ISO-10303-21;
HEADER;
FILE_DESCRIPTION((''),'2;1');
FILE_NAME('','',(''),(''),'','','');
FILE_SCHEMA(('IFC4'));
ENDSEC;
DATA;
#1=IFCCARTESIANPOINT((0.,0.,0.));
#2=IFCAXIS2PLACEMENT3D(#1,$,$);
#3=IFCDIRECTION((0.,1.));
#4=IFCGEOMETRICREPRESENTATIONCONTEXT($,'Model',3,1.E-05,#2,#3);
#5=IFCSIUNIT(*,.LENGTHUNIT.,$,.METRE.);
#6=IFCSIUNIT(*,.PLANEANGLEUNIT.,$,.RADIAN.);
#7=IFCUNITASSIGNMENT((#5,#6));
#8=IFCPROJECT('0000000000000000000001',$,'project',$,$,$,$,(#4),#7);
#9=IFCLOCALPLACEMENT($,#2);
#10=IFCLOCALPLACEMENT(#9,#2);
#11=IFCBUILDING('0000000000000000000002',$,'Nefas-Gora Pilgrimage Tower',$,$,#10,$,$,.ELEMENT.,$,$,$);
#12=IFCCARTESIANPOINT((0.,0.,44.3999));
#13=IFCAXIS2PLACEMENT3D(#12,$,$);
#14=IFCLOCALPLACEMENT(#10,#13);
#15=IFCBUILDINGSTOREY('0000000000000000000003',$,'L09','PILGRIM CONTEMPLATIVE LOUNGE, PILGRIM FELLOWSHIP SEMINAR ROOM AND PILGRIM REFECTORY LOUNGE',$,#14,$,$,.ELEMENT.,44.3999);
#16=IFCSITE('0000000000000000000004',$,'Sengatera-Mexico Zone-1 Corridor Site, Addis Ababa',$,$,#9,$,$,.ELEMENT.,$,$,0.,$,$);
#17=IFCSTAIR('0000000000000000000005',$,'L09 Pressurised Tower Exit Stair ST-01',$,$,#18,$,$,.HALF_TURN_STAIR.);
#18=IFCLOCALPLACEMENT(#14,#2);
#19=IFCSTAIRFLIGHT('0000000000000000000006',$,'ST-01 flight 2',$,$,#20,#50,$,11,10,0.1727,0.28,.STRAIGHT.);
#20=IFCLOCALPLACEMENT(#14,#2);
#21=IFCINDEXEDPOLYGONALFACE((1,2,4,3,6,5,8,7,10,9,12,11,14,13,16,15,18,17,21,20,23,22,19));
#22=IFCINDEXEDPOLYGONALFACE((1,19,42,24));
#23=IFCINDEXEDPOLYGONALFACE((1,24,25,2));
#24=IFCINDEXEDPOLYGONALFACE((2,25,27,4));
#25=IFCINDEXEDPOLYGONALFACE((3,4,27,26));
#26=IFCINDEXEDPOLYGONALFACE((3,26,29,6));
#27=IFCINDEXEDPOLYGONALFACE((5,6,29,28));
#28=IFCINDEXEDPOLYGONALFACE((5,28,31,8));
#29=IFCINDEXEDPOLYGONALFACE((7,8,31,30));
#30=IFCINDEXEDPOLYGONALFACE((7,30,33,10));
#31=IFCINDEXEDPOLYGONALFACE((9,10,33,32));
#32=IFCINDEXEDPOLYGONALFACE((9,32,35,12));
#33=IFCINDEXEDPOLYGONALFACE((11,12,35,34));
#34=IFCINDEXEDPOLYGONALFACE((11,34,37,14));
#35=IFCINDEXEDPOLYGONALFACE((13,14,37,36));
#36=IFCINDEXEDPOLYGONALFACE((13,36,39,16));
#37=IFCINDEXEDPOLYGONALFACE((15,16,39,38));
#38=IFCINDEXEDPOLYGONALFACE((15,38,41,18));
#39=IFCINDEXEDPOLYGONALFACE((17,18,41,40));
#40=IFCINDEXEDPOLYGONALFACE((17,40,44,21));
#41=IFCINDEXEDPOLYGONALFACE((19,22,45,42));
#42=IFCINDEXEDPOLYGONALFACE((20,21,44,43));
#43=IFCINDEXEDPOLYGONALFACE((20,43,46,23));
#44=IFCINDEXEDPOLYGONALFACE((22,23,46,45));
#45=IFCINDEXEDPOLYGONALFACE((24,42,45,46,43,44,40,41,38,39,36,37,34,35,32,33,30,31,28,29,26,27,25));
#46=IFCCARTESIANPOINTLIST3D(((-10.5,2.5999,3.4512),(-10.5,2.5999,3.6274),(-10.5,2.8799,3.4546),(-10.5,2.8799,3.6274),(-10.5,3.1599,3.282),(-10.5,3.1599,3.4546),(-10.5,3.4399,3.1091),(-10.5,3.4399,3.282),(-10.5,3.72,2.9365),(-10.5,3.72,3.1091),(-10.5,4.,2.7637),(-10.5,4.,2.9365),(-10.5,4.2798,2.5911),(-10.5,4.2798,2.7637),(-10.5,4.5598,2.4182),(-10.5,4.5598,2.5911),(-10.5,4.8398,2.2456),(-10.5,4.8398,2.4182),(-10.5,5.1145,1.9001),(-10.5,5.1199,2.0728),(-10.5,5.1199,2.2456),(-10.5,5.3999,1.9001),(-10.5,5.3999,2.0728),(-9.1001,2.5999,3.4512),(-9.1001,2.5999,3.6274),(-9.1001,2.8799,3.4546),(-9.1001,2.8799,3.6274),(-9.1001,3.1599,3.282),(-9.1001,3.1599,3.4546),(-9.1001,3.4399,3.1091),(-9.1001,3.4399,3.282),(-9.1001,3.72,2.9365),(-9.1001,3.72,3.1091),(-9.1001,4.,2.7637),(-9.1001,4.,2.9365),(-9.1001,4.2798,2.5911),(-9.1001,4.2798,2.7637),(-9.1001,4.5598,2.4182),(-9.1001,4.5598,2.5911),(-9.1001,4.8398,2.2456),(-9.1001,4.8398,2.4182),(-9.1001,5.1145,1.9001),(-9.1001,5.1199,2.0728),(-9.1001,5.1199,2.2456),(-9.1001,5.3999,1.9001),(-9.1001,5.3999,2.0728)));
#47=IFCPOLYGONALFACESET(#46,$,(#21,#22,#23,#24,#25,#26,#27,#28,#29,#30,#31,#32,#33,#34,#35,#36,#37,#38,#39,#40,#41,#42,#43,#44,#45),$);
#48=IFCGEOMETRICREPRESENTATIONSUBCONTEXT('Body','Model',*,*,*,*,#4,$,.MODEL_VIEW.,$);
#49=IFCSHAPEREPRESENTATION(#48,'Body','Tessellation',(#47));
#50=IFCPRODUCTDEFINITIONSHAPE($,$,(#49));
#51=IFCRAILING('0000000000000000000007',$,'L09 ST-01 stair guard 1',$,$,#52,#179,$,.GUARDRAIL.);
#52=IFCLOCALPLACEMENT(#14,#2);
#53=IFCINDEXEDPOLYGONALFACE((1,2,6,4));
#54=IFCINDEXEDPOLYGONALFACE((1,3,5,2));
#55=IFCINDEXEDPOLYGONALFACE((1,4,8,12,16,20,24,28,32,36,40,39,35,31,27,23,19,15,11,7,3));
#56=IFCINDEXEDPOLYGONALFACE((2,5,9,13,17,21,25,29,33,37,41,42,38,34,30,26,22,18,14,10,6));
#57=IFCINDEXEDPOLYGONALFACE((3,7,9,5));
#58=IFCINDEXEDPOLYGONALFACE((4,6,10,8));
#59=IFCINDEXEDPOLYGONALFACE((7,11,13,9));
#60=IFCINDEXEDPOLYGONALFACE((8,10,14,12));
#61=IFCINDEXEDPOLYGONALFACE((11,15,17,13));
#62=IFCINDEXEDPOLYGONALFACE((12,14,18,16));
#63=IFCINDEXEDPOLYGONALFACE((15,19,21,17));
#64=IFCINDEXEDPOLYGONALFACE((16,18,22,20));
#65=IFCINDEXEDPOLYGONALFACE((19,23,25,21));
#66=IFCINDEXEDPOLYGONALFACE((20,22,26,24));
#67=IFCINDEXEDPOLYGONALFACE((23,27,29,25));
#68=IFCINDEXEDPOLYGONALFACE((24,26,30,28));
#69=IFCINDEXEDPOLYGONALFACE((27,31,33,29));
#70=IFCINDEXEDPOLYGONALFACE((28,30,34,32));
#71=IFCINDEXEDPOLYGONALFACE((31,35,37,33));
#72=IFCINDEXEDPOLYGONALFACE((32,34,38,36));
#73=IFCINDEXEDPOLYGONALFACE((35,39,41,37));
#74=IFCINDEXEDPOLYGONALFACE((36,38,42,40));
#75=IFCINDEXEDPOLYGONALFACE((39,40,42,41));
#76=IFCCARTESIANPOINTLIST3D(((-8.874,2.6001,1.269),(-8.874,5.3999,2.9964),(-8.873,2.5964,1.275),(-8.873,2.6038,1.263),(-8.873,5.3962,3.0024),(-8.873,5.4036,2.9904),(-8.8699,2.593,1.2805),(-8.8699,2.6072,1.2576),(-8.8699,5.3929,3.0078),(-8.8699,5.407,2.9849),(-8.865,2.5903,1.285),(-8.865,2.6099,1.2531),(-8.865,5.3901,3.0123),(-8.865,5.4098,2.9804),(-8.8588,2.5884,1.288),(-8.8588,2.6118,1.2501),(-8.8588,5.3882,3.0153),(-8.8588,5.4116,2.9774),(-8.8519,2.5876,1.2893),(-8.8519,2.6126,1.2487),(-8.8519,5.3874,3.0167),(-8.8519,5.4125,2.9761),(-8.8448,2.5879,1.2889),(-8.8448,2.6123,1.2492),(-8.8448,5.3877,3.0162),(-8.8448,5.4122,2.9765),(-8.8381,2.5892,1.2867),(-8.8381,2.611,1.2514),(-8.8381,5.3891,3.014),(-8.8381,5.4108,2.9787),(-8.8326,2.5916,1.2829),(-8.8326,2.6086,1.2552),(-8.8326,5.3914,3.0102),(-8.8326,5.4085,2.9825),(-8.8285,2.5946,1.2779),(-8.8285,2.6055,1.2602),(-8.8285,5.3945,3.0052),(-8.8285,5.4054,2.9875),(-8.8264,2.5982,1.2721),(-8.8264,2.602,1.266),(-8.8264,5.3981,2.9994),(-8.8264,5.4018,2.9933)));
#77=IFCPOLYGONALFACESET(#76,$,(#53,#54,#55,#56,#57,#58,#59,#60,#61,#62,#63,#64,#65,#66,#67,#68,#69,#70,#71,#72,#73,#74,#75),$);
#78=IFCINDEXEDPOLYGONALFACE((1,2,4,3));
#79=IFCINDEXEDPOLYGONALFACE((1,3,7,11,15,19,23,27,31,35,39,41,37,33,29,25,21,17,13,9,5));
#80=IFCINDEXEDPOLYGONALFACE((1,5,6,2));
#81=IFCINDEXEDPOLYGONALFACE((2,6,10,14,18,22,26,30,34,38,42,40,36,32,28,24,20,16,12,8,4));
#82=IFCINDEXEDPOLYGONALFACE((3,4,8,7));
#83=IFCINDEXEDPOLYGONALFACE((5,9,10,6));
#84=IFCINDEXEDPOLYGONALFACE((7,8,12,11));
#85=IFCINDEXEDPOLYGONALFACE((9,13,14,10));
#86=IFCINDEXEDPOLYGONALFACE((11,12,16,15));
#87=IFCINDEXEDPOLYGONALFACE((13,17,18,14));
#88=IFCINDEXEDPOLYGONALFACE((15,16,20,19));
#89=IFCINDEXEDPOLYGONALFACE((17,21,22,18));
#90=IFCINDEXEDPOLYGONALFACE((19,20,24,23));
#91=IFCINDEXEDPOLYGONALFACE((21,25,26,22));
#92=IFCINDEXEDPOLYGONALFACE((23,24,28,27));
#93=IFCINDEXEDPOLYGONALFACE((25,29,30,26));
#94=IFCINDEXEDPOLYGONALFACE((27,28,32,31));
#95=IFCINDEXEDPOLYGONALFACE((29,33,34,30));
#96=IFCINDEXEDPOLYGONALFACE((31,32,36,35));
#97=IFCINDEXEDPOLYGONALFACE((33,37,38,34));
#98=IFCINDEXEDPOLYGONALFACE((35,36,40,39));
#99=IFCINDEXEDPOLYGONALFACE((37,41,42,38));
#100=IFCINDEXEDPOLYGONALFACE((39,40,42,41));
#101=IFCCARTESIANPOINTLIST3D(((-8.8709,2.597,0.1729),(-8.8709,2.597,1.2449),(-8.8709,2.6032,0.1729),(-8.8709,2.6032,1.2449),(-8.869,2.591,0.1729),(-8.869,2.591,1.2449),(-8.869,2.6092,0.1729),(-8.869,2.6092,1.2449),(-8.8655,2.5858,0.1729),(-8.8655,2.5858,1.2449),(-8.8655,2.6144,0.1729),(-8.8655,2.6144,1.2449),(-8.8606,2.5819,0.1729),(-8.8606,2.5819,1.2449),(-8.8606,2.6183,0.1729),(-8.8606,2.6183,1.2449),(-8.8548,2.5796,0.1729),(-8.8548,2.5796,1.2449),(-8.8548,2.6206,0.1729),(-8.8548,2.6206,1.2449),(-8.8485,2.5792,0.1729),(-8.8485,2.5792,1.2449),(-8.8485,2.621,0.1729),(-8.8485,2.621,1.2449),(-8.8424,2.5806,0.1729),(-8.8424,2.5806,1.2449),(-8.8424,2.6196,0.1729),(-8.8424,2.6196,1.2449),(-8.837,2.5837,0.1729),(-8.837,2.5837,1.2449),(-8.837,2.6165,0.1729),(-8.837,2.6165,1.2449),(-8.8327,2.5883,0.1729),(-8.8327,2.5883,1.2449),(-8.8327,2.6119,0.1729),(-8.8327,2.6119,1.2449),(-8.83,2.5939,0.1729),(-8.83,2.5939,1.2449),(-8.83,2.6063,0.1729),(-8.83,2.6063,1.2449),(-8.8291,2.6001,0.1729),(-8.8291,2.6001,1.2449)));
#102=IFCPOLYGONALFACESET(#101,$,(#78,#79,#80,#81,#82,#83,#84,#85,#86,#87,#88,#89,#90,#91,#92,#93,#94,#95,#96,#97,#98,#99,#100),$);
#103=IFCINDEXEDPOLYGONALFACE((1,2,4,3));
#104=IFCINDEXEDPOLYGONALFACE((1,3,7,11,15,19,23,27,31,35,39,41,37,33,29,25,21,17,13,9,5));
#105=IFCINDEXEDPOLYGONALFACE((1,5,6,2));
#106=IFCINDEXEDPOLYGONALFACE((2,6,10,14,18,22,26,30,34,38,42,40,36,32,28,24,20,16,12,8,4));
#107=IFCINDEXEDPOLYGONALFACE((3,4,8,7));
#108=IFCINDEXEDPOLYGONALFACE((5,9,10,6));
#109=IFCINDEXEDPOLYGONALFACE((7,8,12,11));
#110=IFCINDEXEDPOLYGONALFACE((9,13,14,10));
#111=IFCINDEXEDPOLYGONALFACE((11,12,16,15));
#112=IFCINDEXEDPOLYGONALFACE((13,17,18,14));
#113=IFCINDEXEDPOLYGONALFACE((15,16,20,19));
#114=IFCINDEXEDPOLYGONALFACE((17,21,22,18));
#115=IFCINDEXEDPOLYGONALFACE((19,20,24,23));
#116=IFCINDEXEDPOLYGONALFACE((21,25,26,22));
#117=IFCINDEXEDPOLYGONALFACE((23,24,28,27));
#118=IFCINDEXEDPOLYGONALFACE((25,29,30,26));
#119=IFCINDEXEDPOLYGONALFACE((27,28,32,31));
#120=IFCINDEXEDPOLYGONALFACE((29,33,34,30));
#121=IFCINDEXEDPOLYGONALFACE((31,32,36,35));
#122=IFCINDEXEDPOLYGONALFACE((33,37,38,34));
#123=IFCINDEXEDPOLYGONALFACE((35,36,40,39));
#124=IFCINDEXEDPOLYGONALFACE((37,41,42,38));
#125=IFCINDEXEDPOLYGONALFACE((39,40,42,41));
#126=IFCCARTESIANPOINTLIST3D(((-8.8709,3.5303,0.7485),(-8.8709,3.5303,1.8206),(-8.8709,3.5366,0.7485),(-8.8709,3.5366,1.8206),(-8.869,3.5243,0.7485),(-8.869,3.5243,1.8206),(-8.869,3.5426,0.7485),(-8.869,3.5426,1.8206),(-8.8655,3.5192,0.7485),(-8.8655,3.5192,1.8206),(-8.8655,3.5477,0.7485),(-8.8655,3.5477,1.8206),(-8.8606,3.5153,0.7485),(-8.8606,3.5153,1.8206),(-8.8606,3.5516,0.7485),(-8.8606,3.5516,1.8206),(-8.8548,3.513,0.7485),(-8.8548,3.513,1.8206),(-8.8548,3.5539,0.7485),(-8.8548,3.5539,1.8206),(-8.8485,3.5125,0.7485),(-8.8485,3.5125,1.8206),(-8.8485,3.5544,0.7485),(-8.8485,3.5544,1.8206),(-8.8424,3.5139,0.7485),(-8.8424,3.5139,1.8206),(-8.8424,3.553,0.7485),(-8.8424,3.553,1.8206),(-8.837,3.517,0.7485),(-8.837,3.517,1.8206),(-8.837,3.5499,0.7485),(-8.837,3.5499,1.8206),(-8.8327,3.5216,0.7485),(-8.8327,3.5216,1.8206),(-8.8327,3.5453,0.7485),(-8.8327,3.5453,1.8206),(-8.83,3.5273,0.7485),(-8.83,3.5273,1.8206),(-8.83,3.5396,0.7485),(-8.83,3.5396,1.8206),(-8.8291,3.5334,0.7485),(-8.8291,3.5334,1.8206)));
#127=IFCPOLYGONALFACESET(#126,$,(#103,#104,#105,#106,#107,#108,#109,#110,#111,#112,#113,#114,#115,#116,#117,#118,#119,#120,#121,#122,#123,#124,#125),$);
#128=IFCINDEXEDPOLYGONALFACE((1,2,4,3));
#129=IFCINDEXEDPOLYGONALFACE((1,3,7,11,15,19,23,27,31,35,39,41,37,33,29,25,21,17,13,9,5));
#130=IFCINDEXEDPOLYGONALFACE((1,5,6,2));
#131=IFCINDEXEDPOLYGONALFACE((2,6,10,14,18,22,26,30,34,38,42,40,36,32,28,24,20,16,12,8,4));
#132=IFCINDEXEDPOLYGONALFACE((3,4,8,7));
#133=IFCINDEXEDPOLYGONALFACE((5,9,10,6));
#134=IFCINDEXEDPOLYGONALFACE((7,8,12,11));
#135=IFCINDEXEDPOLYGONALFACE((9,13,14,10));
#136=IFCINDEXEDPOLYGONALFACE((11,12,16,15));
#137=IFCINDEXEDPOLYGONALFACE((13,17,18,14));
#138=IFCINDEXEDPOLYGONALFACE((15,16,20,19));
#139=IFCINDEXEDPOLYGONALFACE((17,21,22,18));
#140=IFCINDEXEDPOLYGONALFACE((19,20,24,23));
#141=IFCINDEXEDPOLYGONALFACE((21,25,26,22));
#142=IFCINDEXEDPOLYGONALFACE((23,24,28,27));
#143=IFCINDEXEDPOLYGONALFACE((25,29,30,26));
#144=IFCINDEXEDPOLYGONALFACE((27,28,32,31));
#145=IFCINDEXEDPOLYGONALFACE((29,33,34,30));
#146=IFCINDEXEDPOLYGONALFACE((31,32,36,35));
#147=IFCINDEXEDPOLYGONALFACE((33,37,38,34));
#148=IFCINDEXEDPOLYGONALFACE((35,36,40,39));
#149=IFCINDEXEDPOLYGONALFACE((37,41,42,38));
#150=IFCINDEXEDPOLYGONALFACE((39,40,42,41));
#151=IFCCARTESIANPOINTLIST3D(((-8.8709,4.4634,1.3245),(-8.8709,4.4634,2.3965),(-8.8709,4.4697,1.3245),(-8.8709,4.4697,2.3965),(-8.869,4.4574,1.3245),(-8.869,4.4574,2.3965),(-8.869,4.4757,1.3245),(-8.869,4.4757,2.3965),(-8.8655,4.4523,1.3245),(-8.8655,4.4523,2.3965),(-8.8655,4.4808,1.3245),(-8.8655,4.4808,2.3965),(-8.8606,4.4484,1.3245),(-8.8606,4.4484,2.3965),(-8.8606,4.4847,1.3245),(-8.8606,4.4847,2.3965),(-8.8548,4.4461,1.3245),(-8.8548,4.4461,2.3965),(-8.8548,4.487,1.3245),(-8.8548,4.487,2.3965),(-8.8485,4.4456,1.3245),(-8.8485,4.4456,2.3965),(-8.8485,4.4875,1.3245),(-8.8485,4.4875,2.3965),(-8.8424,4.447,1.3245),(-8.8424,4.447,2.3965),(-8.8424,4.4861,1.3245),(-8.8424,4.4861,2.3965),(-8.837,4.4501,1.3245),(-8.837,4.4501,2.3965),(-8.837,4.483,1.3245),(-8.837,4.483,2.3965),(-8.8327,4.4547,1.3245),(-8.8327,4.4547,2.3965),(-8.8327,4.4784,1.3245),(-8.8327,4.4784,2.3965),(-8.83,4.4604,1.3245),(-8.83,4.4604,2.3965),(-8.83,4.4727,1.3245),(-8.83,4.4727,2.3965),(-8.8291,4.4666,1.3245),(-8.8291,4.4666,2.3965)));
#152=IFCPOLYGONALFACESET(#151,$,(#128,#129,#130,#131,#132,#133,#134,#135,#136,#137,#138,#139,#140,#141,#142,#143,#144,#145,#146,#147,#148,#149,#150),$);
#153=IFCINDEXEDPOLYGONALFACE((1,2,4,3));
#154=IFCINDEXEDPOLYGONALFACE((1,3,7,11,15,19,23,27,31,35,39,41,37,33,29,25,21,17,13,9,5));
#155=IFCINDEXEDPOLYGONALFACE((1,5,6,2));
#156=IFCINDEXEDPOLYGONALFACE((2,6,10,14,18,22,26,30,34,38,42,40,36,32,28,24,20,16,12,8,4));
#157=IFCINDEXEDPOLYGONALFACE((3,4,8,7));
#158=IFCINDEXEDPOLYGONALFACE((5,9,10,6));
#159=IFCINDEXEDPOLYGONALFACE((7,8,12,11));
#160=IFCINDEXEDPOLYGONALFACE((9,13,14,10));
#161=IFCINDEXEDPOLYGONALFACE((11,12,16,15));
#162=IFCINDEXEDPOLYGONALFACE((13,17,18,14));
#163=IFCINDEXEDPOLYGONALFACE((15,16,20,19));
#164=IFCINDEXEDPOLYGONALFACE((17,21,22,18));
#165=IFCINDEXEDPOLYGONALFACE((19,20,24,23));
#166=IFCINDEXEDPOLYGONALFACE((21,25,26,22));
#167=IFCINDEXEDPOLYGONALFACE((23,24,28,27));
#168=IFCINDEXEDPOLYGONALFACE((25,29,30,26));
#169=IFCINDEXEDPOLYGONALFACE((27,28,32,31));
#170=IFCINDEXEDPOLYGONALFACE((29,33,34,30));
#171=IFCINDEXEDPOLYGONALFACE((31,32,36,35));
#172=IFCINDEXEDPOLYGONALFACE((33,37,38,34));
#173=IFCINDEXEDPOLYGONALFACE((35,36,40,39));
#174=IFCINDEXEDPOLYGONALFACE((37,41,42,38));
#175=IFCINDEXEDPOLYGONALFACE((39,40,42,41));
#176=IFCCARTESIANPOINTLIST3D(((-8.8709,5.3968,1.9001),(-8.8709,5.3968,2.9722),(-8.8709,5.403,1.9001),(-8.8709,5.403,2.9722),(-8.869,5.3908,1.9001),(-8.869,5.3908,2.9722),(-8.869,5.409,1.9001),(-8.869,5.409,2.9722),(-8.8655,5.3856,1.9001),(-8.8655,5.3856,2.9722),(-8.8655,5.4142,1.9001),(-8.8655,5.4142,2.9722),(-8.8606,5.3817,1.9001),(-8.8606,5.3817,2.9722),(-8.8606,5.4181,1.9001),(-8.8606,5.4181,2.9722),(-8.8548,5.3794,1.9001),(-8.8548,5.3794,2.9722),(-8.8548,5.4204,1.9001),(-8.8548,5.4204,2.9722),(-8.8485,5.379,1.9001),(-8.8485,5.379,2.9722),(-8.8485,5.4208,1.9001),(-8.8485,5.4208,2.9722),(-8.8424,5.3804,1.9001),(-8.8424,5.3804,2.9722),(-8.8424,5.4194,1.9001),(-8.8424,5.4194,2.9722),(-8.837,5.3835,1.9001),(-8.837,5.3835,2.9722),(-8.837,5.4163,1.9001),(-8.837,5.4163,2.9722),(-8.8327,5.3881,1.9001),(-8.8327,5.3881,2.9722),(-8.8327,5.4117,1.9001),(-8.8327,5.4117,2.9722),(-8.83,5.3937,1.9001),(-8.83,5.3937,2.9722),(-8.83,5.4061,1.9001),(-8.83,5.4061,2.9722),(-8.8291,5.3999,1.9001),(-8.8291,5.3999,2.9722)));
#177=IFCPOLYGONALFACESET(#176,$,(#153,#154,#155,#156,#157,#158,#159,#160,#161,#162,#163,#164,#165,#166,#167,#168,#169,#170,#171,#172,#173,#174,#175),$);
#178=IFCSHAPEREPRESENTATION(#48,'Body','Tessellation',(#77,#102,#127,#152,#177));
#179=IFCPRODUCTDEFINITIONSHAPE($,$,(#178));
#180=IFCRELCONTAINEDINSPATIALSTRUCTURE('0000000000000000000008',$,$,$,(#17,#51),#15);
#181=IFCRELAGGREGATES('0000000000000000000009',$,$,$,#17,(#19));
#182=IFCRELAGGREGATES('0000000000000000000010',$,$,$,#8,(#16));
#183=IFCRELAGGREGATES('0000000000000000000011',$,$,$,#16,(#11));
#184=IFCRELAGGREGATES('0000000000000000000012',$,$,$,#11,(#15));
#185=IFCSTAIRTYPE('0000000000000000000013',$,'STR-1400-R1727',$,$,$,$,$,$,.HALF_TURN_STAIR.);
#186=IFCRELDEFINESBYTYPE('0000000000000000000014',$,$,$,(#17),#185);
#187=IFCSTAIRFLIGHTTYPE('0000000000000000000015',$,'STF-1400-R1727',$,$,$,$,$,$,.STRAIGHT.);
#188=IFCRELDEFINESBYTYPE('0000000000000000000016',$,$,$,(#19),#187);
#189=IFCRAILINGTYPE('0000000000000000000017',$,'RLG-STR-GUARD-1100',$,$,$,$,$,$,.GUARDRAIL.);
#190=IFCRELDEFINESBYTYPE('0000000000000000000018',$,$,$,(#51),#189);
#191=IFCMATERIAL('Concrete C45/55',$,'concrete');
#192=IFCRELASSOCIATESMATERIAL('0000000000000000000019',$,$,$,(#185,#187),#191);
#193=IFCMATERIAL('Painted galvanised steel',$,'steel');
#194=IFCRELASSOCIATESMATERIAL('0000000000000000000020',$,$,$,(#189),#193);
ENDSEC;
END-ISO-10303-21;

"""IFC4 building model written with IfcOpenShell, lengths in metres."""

from ifc_helpers import new_model, si_unit, direction, frame, origin, origin_2d, place, context, subcontext, project, spatial, polyline, circle, outline, extrude, source, transform, mapped, material, type_object, element, aggregate, save


model = new_model("IFC4")

# Units and contexts
model_context = context("Model", 3, precision=1e-05, world=origin(), true_north=direction((0.0, 1.0)))
body_context = subcontext(model_context, "Body", "Model", "MODEL_VIEW")
ifc_project = project(units=[si_unit("LENGTHUNIT", "METRE"), si_unit("PLANEANGLEUNIT", "RADIAN")], contexts=[model_context])

# Site, building, storey
site_placement = place(None, origin())
site = spatial("IfcSite", under=ifc_project, at=site_placement, Name="Sengatera-Mexico Zone-1 Corridor Site, Addis Ababa", CompositionType="ELEMENT", RefElevation=0.0)
building_placement = place(site_placement, origin())
building = spatial("IfcBuilding", under=site, at=building_placement, Name="Nefas-Gora Pilgrimage Tower", CompositionType="ELEMENT")
storey_placement = place(building_placement, frame((0.0, 0.0, 44.3999)))
storey = spatial("IfcBuildingStorey", under=building, at=storey_placement, Name="L09", Description="PILGRIM CONTEMPLATIVE LOUNGE, PILGRIM FELLOWSHIP SEMINAR ROOM AND PILGRIM REFECTORY LOUNGE", CompositionType="ELEMENT", Elevation=44.3999)

# Stair
ifc_material_1 = material(Name="Concrete C45/55", Category="concrete")
stair_type = type_object("IfcStairType", Name="STR-1400-R1727", PredefinedType="HALF_TURN_STAIR", material=ifc_material_1)
stair_1_placement = place(storey_placement, origin())
stair_1 = element("IfcStair", 1, at=stair_1_placement, inside=storey, type_object=stair_type, Name="L09 Pressurised Tower Exit Stair ST-01", PredefinedType="HALF_TURN_STAIR")

# Stair flight
stair_flight_type = type_object("IfcStairFlightType", Name="STF-1400-R1727", PredefinedType="STRAIGHT", material=ifc_material_1)
shared_shape_1 = source(origin(), body_context, "Body", "SweptSolid", [
    extrude(outline(polyline([(0.0, 0.0), (0.0, 0.1726), (0.28, 0.1726), (0.28, 0.3455), (0.5601, 0.3455), (0.5601, 0.5181), (0.8401, 0.5181), (0.8401, 0.6909), (1.1201, 0.6909), (1.1201, 0.8635), (1.3999, 0.8635), (1.3999, 1.0364), (1.6799, 1.0364), (1.6799, 1.209), (1.96, 1.209), (1.96, 1.3818), (2.24, 1.3818), (2.24, 1.5544), (2.52, 1.5544), (2.52, 1.7273), (2.8, 1.7273), (2.8, 1.8999), (2.8, 1.551), (0.2854, 0.0), (0.0, 0.0)])), frame((0.0, 0.7, 0.0), z_axis=(0.0, -1.0, 0.0), x_axis=(1.0, 0.0, 0.0)), (0.0, 0.0, 1.0), 1.3999),
])
stair_flight_1_placement = place(storey_placement, frame((-9.8, 5.3999, 1.9001), z_axis=(0.0, 0.0, 1.0), x_axis=(0.0, -1.0, 0.0)))
stair_flight_1 = element("IfcStairFlight", 2, at=stair_flight_1_placement, type_object=stair_flight_type, Name="ST-01 flight 2", NumberOfRisers=11, NumberOfTreads=10, PredefinedType="STRAIGHT", RiserHeight=0.1727, TreadLength=0.28, context=body_context, shape_type="MappedRepresentation", body=[
    mapped(shared_shape_1, transform((0.0, 0.0, 0.0), x_axis=(1.0, 0.0, 0.0), y_axis=(0.0, 1.0, 0.0), z_axis=(0.0, 0.0, 1.0), scale=1.0)),
])
aggregate(stair_1, [stair_flight_1])

# Railing
ifc_material_2 = material(Name="Painted galvanised steel", Category="steel")
railing_type_1 = type_object("IfcRailingType", Name="RLG-STR-GUARD-1100", PredefinedType="GUARDRAIL", material=ifc_material_2)
railing_1_placement = place(storey_placement, frame((-8.8501, 2.6001, 0.1729)))
element("IfcRailing", 3, at=railing_1_placement, inside=storey, type_object=railing_type_1, Name="L09 ST-01 stair guard 1", PredefinedType="GUARDRAIL", context=body_context, shape_type="SweptSolid", body=[
    extrude(circle(Radius=0.0239, at=origin_2d()), frame((0.0, 0.0, 1.0962), z_axis=(0.0, 0.851069, 0.525054), x_axis=(-1.0, 0.0, 0.0)), (0.0, 0.0, 1.0), 3.2898),
    extrude(circle(Radius=0.021, at=origin_2d()), origin(), (0.0, 0.0, 1.0), 1.072),
    extrude(circle(Radius=0.021, at=origin_2d()), frame((0.0, 0.9333, 0.5757)), (0.0, 0.0, 1.0), 1.072),
    extrude(circle(Radius=0.021, at=origin_2d()), frame((0.0, 1.8665, 1.1516)), (0.0, 0.0, 1.0), 1.072),
    extrude(circle(Radius=0.021, at=origin_2d()), frame((0.0, 2.7998, 1.7273)), (0.0, 0.0, 1.0), 1.072),
])

save(model, "model.ifc")
